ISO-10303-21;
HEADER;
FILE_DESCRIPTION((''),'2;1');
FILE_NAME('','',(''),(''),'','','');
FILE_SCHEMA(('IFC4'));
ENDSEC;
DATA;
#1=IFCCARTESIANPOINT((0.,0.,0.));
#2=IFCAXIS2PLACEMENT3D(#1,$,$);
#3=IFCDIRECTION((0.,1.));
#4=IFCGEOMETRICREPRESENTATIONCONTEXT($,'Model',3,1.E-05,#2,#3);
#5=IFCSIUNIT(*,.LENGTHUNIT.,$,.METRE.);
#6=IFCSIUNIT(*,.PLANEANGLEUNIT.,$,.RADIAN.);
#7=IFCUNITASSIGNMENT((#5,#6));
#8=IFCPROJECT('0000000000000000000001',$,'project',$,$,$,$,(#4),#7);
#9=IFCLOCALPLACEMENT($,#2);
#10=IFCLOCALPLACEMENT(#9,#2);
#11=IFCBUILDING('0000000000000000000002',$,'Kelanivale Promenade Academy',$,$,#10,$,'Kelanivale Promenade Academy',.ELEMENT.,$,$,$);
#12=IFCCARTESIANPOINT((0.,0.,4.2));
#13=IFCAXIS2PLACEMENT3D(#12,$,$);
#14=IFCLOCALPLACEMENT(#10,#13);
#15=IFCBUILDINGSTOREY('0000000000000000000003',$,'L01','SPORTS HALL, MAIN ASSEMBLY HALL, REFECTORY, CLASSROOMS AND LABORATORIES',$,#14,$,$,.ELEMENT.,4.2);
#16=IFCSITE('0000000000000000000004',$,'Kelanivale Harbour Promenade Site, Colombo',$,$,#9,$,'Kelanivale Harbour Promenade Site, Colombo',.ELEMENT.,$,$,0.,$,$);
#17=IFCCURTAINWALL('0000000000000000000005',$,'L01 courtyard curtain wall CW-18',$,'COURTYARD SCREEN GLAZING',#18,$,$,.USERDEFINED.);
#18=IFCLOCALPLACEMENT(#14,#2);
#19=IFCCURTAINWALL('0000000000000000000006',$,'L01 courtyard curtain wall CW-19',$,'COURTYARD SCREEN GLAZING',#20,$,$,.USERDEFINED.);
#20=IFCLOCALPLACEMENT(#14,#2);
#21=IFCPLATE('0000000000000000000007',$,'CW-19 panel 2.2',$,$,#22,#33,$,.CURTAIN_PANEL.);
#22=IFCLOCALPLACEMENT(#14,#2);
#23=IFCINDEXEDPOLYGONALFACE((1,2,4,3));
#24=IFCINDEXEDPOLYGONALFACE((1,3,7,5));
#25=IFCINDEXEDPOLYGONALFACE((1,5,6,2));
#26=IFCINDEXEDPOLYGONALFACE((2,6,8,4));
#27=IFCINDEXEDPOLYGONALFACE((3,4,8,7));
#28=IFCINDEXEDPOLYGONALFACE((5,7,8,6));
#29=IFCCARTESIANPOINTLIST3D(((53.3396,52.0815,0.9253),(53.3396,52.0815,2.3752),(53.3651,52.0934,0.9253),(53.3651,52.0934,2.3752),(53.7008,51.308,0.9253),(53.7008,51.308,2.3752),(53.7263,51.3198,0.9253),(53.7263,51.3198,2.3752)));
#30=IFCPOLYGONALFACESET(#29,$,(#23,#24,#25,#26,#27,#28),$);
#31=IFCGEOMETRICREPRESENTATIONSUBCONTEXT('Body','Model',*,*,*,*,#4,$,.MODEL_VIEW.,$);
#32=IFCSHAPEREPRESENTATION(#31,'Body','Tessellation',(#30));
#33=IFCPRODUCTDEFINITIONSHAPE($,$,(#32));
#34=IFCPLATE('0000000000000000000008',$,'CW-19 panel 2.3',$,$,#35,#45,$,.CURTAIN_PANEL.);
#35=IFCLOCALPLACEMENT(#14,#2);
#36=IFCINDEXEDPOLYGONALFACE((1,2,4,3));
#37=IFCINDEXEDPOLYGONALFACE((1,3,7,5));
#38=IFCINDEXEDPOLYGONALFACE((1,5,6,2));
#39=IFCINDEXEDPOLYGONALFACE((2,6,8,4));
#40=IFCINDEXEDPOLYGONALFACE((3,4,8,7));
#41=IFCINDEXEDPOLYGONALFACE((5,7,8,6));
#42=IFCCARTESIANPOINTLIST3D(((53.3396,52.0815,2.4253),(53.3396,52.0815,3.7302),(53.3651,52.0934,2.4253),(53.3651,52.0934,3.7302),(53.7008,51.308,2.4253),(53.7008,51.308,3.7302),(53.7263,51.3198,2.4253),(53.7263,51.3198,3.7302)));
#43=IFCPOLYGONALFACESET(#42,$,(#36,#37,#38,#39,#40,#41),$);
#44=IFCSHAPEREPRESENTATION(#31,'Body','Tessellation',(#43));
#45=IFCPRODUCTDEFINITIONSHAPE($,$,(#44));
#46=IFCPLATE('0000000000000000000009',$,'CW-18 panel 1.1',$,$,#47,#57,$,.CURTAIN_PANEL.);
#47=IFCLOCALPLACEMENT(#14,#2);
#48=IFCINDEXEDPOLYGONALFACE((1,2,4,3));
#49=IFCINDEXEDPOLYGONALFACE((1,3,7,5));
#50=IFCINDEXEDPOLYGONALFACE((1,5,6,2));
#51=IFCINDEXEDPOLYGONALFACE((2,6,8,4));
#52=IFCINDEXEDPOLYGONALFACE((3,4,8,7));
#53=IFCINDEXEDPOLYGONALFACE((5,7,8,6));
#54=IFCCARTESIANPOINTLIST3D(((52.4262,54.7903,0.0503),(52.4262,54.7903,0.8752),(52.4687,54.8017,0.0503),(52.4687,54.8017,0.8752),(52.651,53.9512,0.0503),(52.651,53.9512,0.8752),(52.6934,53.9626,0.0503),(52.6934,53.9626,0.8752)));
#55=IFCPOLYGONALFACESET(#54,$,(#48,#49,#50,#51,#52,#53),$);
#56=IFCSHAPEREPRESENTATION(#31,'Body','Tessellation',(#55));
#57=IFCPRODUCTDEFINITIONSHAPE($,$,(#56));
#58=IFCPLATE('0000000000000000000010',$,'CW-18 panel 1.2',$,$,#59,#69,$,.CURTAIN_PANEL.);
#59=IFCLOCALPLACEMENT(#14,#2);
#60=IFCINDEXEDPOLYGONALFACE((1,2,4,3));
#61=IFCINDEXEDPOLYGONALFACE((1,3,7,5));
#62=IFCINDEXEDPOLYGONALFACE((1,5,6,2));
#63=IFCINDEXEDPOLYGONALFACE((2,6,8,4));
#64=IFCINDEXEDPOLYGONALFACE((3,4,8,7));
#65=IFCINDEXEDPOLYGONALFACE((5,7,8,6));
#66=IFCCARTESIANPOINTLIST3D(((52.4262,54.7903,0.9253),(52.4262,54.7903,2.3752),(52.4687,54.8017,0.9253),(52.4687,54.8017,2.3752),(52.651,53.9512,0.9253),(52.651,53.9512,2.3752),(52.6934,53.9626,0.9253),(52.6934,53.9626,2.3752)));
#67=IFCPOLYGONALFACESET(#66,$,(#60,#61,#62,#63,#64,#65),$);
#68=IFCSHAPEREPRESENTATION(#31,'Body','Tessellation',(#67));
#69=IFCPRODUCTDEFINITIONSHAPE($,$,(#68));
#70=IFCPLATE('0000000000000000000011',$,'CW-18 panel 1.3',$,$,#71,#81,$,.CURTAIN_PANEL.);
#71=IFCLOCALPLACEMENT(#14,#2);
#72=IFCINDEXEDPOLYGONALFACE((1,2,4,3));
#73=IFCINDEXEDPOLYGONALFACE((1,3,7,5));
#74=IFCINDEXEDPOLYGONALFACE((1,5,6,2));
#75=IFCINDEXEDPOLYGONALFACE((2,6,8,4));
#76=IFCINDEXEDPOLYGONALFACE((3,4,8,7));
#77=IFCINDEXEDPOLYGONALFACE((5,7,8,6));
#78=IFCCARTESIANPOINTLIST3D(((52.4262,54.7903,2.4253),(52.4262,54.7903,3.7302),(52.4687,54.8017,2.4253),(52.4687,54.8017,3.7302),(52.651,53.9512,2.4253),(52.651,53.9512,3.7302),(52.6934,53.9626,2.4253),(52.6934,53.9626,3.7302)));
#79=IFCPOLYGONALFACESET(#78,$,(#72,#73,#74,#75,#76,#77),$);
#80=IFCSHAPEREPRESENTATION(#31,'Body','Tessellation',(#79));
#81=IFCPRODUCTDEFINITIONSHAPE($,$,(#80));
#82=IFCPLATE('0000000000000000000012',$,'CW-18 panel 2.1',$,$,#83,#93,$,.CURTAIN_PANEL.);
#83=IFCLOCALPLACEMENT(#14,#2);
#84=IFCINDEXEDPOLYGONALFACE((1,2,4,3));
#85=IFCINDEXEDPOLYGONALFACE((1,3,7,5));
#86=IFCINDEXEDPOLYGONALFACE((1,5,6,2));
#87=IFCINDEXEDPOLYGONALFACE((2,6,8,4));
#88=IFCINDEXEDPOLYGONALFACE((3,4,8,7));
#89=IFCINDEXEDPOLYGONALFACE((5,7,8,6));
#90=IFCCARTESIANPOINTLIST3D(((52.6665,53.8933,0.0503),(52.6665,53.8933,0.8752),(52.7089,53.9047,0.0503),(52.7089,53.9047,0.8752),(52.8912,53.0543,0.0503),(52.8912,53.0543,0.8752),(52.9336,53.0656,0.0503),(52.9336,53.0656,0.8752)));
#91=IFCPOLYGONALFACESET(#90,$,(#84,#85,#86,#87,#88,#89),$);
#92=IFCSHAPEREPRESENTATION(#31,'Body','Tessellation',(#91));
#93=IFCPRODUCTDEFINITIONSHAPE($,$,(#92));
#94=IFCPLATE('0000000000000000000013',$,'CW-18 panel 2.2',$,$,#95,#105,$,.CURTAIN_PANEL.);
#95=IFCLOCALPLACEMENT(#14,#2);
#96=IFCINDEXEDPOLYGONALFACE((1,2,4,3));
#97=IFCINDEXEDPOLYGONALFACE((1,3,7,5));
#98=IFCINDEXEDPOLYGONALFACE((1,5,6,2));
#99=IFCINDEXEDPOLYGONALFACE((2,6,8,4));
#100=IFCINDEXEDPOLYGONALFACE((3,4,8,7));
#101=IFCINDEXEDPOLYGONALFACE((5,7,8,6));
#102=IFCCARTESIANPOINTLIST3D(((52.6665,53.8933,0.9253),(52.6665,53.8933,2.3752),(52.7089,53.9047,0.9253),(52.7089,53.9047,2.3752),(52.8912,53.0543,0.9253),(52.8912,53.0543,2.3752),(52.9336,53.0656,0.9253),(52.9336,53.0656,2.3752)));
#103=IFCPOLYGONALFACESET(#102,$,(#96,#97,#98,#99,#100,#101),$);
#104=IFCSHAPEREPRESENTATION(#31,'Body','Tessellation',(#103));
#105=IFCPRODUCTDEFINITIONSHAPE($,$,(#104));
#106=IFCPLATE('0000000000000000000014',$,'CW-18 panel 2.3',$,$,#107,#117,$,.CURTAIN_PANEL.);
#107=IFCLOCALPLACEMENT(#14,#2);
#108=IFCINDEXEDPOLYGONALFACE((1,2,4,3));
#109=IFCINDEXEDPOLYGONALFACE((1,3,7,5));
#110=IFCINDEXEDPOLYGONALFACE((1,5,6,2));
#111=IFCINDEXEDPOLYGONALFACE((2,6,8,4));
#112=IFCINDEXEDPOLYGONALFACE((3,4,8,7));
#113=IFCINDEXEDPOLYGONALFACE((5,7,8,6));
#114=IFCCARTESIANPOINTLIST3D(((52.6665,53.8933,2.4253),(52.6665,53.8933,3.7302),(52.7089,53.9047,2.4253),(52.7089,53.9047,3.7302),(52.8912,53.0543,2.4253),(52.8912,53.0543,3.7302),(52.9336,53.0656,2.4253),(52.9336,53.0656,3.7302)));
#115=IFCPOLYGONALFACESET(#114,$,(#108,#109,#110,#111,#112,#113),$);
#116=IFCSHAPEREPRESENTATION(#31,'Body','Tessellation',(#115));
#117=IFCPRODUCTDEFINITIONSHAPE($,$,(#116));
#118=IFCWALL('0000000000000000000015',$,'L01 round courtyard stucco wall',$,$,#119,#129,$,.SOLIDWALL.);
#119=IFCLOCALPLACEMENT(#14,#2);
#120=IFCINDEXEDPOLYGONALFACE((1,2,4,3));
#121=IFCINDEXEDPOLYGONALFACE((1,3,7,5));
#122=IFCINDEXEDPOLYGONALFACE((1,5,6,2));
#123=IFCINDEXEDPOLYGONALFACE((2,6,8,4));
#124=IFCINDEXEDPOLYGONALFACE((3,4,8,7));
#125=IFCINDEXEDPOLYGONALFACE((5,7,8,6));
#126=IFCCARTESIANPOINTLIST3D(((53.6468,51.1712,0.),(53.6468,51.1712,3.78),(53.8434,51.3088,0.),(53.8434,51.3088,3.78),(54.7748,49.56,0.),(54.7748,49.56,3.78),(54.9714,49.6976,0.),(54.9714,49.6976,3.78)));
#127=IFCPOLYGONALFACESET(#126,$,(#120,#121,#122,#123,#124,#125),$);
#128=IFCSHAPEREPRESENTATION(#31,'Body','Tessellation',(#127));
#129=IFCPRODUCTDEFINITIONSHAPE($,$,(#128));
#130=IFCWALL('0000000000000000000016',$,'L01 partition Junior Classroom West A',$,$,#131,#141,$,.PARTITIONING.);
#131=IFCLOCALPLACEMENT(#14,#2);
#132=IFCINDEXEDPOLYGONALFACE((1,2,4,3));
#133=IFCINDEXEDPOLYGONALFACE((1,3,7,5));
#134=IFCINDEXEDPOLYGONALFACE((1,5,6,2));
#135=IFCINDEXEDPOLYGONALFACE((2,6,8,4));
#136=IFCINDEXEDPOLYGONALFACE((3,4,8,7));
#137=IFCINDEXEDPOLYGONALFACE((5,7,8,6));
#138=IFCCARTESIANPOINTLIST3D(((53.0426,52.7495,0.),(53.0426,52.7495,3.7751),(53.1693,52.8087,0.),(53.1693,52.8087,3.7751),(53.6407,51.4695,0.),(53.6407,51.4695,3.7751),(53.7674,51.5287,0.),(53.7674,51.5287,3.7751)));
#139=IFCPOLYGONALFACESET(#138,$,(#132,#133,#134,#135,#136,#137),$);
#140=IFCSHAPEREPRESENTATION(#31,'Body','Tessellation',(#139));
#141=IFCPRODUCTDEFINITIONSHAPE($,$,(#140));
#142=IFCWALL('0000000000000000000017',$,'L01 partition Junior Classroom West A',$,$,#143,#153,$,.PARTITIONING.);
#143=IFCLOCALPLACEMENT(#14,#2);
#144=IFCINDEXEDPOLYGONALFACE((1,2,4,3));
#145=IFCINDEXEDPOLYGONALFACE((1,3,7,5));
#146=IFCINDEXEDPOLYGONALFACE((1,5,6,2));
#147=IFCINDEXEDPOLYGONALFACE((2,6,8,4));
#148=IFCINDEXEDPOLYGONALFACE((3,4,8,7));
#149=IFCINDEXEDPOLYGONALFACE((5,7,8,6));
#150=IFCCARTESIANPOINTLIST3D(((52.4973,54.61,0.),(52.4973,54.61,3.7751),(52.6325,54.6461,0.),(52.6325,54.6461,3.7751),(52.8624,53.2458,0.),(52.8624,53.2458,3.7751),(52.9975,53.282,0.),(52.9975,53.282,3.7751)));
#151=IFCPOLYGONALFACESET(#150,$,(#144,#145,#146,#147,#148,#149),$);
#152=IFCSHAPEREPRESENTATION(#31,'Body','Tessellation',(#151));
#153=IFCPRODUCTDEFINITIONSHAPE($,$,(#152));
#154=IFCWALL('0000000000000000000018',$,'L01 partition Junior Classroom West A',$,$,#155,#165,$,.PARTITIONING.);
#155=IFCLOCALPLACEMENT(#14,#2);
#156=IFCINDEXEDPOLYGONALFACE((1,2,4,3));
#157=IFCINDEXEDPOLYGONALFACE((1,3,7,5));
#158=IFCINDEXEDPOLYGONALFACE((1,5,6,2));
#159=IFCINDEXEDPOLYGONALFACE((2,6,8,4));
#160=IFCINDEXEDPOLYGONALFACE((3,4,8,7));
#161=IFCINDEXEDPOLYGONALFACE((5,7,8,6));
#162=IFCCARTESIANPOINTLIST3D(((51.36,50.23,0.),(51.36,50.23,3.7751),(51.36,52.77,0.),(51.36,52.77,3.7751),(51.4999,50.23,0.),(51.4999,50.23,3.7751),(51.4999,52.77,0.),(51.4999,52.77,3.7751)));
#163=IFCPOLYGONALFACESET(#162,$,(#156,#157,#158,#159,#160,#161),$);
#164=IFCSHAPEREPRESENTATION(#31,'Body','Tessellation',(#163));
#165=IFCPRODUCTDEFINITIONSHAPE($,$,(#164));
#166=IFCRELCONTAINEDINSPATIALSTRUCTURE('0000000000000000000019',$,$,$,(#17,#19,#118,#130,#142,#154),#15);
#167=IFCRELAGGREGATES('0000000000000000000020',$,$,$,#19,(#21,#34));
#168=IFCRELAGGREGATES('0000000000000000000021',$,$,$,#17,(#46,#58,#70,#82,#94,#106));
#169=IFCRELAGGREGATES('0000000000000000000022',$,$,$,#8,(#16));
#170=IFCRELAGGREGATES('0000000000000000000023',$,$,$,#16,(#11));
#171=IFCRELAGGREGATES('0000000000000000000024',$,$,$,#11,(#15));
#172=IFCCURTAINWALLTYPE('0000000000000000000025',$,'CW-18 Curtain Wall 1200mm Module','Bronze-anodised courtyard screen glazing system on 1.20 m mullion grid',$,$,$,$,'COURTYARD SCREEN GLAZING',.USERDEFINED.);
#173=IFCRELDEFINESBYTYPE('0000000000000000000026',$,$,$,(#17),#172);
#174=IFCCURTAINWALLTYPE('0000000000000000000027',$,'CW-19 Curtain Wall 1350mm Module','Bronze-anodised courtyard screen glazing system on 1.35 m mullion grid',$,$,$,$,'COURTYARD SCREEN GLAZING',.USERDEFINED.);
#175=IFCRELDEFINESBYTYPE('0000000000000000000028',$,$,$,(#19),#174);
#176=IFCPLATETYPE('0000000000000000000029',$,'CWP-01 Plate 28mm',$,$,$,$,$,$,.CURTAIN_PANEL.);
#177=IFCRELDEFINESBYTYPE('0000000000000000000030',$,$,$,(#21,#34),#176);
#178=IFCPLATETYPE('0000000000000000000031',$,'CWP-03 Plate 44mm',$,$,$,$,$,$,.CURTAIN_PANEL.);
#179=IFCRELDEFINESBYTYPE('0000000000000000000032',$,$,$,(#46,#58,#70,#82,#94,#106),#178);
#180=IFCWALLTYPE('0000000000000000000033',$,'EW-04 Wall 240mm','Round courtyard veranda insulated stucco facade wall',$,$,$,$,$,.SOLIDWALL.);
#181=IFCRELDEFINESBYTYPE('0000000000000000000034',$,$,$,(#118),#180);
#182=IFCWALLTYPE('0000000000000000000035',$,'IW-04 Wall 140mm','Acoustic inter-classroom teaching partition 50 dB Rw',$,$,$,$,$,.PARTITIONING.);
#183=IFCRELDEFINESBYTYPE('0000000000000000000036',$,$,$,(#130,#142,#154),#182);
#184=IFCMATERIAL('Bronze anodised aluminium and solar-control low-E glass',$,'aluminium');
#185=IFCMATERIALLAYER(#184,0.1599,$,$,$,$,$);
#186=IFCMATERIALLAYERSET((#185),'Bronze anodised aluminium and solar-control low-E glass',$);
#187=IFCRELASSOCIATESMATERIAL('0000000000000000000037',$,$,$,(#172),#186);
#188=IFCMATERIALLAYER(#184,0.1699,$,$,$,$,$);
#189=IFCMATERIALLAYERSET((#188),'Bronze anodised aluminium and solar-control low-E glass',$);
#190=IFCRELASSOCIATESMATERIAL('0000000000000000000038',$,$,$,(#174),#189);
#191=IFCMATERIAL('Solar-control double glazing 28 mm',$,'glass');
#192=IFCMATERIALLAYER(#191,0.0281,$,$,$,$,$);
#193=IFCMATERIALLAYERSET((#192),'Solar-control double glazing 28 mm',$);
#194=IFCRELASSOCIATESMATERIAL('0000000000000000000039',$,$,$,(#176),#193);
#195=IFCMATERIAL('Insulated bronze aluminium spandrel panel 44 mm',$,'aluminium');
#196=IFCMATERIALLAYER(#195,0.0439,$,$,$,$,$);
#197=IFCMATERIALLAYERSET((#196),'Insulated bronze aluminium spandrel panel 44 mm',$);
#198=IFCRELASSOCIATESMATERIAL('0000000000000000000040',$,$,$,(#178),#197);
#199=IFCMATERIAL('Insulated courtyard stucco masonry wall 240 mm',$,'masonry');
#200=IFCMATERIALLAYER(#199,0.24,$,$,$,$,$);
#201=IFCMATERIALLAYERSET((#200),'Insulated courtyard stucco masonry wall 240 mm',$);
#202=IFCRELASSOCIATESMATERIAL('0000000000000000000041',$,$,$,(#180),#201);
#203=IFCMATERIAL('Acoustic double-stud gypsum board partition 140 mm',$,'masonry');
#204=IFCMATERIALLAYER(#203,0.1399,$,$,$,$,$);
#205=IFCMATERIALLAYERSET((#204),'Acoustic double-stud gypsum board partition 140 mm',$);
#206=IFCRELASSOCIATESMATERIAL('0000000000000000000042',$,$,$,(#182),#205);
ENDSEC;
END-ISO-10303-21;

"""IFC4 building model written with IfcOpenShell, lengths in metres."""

from ifc_helpers import new_model, si_unit, direction, frame, frame_2d, origin, origin_2d, place, context, subcontext, project, spatial, rectangle, extrude, material, layer, layer_set, type_object, element, aggregate, save


model = new_model("IFC4")

# Units and contexts
model_context = context("Model", 3, precision=1e-05, world=origin(), true_north=direction((0.0, 1.0)))
body_context = subcontext(model_context, "Body", "Model", "MODEL_VIEW")
ifc_project = project(units=[si_unit("LENGTHUNIT", "METRE"), si_unit("PLANEANGLEUNIT", "RADIAN")], contexts=[model_context])

# Site, building, storey
site_placement = place(None, origin())
site = spatial("IfcSite", under=ifc_project, at=site_placement, Name="Kelanivale Harbour Promenade Site, Colombo", LongName="Kelanivale Harbour Promenade Site, Colombo", CompositionType="ELEMENT", RefElevation=0.0)
building_placement = place(site_placement, origin())
building = spatial("IfcBuilding", under=site, at=building_placement, Name="Kelanivale Promenade Academy", LongName="Kelanivale Promenade Academy", CompositionType="ELEMENT")
storey_placement = place(building_placement, frame((0.0, 0.0, 4.2)))
storey = spatial("IfcBuildingStorey", under=building, at=storey_placement, Name="L01", Description="SPORTS HALL, MAIN ASSEMBLY HALL, REFECTORY, CLASSROOMS AND LABORATORIES", CompositionType="ELEMENT", Elevation=4.2)

# Curtain walls
ifc_material_1 = material(Name="Bronze anodised aluminium and solar-control low-E glass", Category="aluminium")
ifc_layer_1 = layer(ifc_material_1, 0.1599)
ifc_layer_set_1 = layer_set([ifc_layer_1], Name="Bronze anodised aluminium and solar-control low-E glass")
curtain_wall_type_1 = type_object("IfcCurtainWallType", Name="CW-18 Curtain Wall 1200mm Module", Description="Bronze-anodised courtyard screen glazing system on 1.20 m mullion grid", ElementType="COURTYARD SCREEN GLAZING", PredefinedType="USERDEFINED", material=ifc_layer_set_1)
curtain_wall_1_placement = place(storey_placement, origin())
curtain_wall_1 = element("IfcCurtainWall", 1, at=curtain_wall_1_placement, inside=storey, type_object=curtain_wall_type_1, Name="L01 courtyard curtain wall CW-18", ObjectType="COURTYARD SCREEN GLAZING", PredefinedType="USERDEFINED")
ifc_layer_2 = layer(ifc_material_1, 0.1699)
ifc_layer_set_2 = layer_set([ifc_layer_2], Name="Bronze anodised aluminium and solar-control low-E glass")
curtain_wall_type_2 = type_object("IfcCurtainWallType", Name="CW-19 Curtain Wall 1350mm Module", Description="Bronze-anodised courtyard screen glazing system on 1.35 m mullion grid", ElementType="COURTYARD SCREEN GLAZING", PredefinedType="USERDEFINED", material=ifc_layer_set_2)
curtain_wall_2_placement = place(storey_placement, origin())
curtain_wall_2 = element("IfcCurtainWall", 2, at=curtain_wall_2_placement, inside=storey, type_object=curtain_wall_type_2, Name="L01 courtyard curtain wall CW-19", ObjectType="COURTYARD SCREEN GLAZING", PredefinedType="USERDEFINED")

# Plates
ifc_material_2 = material(Name="Solar-control double glazing 28 mm", Category="glass")
ifc_layer_3 = layer(ifc_material_2, 0.0281)
ifc_layer_set_3 = layer_set([ifc_layer_3], Name="Solar-control double glazing 28 mm")
plate_type_1 = type_object("IfcPlateType", Name="CWP-01 Plate 28mm", PredefinedType="CURTAIN_PANEL", material=ifc_layer_set_3)
plate_1_placement = place(storey_placement, frame((53.533, 51.7007, 0.9253), z_axis=(0.0, 0.0, 1.0), x_axis=(0.423087, -0.906089, 0.0)))
plate_1 = element("IfcPlate", 3, at=plate_1_placement, type_object=plate_type_1, Name="CW-19 panel 2.2", PredefinedType="CURTAIN_PANEL", context=body_context, shape_type="SweptSolid", body=[
    extrude(rectangle(XDim=0.8538, YDim=0.0281, at=origin_2d()), origin(), (0.0, 0.0, 1.0), 1.45),
])
plate_2_placement = place(storey_placement, frame((53.533, 51.7007, 2.4253), z_axis=(0.0, 0.0, 1.0), x_axis=(0.423087, -0.906089, 0.0)))
plate_2 = element("IfcPlate", 4, at=plate_2_placement, type_object=plate_type_1, Name="CW-19 panel 2.3", PredefinedType="CURTAIN_PANEL", context=body_context, shape_type="SweptSolid", body=[
    extrude(rectangle(XDim=0.8538, YDim=0.0281, at=origin_2d()), origin(), (0.0, 0.0, 1.0), 1.3049),
])
aggregate(curtain_wall_2, [plate_1, plate_2])
ifc_material_3 = material(Name="Insulated bronze aluminium spandrel panel 44 mm", Category="aluminium")
ifc_layer_4 = layer(ifc_material_3, 0.0439)
ifc_layer_set_4 = layer_set([ifc_layer_4], Name="Insulated bronze aluminium spandrel panel 44 mm")
plate_type_2 = type_object("IfcPlateType", Name="CWP-03 Plate 44mm", PredefinedType="CURTAIN_PANEL", material=ifc_layer_set_4)
plate_3_placement = place(storey_placement, frame((52.5598, 54.3765, 0.0503), z_axis=(0.0, 0.0, 1.0), x_axis=(0.258701, -0.965957, 0.0)))
plate_3 = element("IfcPlate", 5, at=plate_3_placement, type_object=plate_type_2, Name="CW-18 panel 1.1", PredefinedType="CURTAIN_PANEL", context=body_context, shape_type="SweptSolid", body=[
    extrude(rectangle(XDim=0.8687, YDim=0.0439, at=origin_2d()), origin(), (0.0, 0.0, 1.0), 0.825),
])
plate_4_placement = place(storey_placement, frame((52.5598, 54.3765, 0.9253), z_axis=(0.0, 0.0, 1.0), x_axis=(0.258701, -0.965957, 0.0)))
plate_4 = element("IfcPlate", 6, at=plate_4_placement, type_object=plate_type_2, Name="CW-18 panel 1.2", PredefinedType="CURTAIN_PANEL", context=body_context, shape_type="SweptSolid", body=[
    extrude(rectangle(XDim=0.8687, YDim=0.0439, at=origin_2d()), origin(), (0.0, 0.0, 1.0), 1.45),
])
plate_5_placement = place(storey_placement, frame((52.5598, 54.3765, 2.4253), z_axis=(0.0, 0.0, 1.0), x_axis=(0.258701, -0.965957, 0.0)))
plate_5 = element("IfcPlate", 7, at=plate_5_placement, type_object=plate_type_2, Name="CW-18 panel 1.3", PredefinedType="CURTAIN_PANEL", context=body_context, shape_type="SweptSolid", body=[
    extrude(rectangle(XDim=0.8687, YDim=0.0439, at=origin_2d()), origin(), (0.0, 0.0, 1.0), 1.3049),
])
plate_6_placement = place(storey_placement, frame((52.8, 53.4795, 0.0503), z_axis=(0.0, 0.0, 1.0), x_axis=(0.258701, -0.965957, 0.0)))
plate_6 = element("IfcPlate", 8, at=plate_6_placement, type_object=plate_type_2, Name="CW-18 panel 2.1", PredefinedType="CURTAIN_PANEL", context=body_context, shape_type="SweptSolid", body=[
    extrude(rectangle(XDim=0.8687, YDim=0.0439, at=origin_2d()), origin(), (0.0, 0.0, 1.0), 0.825),
])
plate_7_placement = place(storey_placement, frame((52.8, 53.4795, 0.9253), z_axis=(0.0, 0.0, 1.0), x_axis=(0.258701, -0.965957, 0.0)))
plate_7 = element("IfcPlate", 9, at=plate_7_placement, type_object=plate_type_2, Name="CW-18 panel 2.2", PredefinedType="CURTAIN_PANEL", context=body_context, shape_type="SweptSolid", body=[
    extrude(rectangle(XDim=0.8687, YDim=0.0439, at=origin_2d()), origin(), (0.0, 0.0, 1.0), 1.45),
])
plate_8_placement = place(storey_placement, frame((52.8, 53.4795, 2.4253), z_axis=(0.0, 0.0, 1.0), x_axis=(0.258701, -0.965957, 0.0)))
plate_8 = element("IfcPlate", 10, at=plate_8_placement, type_object=plate_type_2, Name="CW-18 panel 2.3", PredefinedType="CURTAIN_PANEL", context=body_context, shape_type="SweptSolid", body=[
    extrude(rectangle(XDim=0.8687, YDim=0.0439, at=origin_2d()), origin(), (0.0, 0.0, 1.0), 1.3049),
])
aggregate(curtain_wall_1, [plate_3, plate_4, plate_5, plate_6, plate_7, plate_8])

# Walls
ifc_material_4 = material(Name="Insulated courtyard stucco masonry wall 240 mm", Category="masonry")
ifc_layer_5 = layer(ifc_material_4, 0.24)
ifc_layer_set_5 = layer_set([ifc_layer_5], Name="Insulated courtyard stucco masonry wall 240 mm")
wall_type_1 = type_object("IfcWallType", Name="EW-04 Wall 240mm", Description="Round courtyard veranda insulated stucco facade wall", PredefinedType="SOLIDWALL", material=ifc_layer_set_5)
wall_1_placement = place(storey_placement, frame((53.7451, 51.24, 0.0), z_axis=(0.0, 0.0, 1.0), x_axis=(0.573521, -0.819191, 0.0)))
element("IfcWall", 11, at=wall_1_placement, inside=storey, type_object=wall_type_1, Name="L01 round courtyard stucco wall", PredefinedType="SOLIDWALL", context=body_context, shape_type="SweptSolid", body=[
    extrude(rectangle(XDim=1.9668, YDim=0.24, at=frame_2d((0.9834, 0.0))), origin(), (0.0, 0.0, 1.0), 3.78),
])
ifc_material_5 = material(Name="Acoustic double-stud gypsum board partition 140 mm", Category="masonry")
ifc_layer_6 = layer(ifc_material_5, 0.1399)
ifc_layer_set_6 = layer_set([ifc_layer_6], Name="Acoustic double-stud gypsum board partition 140 mm")
wall_type_2 = type_object("IfcWallType", Name="IW-04 Wall 140mm", Description="Acoustic inter-classroom teaching partition 50 dB Rw", PredefinedType="PARTITIONING", material=ifc_layer_set_6)
wall_2_placement = place(storey_placement, frame((53.7041, 51.499, 0.0), z_axis=(0.0, 0.0, 1.0), x_axis=(-0.423349, 0.905967, 0.0)))
element("IfcWall", 12, at=wall_2_placement, inside=storey, type_object=wall_type_2, Name="L01 partition Junior Classroom West A", PredefinedType="PARTITIONING", context=body_context, shape_type="SweptSolid", body=[
    extrude(rectangle(XDim=1.4128, YDim=0.1399, at=frame_2d((0.7065, 0.0))), origin(), (0.0, 0.0, 1.0), 3.7751),
])
wall_3_placement = place(storey_placement, frame((52.9299, 53.2639, 0.0), z_axis=(0.0, 0.0, 1.0), x_axis=(-0.258491, 0.966014, 0.0)))
element("IfcWall", 13, at=wall_3_placement, inside=storey, type_object=wall_type_2, Name="L01 partition Junior Classroom West A", PredefinedType="PARTITIONING", context=body_context, shape_type="SweptSolid", body=[
    extrude(rectangle(XDim=1.4121, YDim=0.1399, at=frame_2d((0.7061, 0.0))), origin(), (0.0, 0.0, 1.0), 3.7751),
])
wall_4_placement = place(storey_placement, frame((51.4299, 52.77, 0.0), z_axis=(0.0, 0.0, 1.0), x_axis=(0.0, -1.0, 0.0)))
element("IfcWall", 14, at=wall_4_placement, inside=storey, type_object=wall_type_2, Name="L01 partition Junior Classroom West A", PredefinedType="PARTITIONING", context=body_context, shape_type="SweptSolid", body=[
    extrude(rectangle(XDim=2.54, YDim=0.1399, at=frame_2d((1.27, 0.0))), origin(), (0.0, 0.0, 1.0), 3.7751),
])

save(model, "model.ifc")
